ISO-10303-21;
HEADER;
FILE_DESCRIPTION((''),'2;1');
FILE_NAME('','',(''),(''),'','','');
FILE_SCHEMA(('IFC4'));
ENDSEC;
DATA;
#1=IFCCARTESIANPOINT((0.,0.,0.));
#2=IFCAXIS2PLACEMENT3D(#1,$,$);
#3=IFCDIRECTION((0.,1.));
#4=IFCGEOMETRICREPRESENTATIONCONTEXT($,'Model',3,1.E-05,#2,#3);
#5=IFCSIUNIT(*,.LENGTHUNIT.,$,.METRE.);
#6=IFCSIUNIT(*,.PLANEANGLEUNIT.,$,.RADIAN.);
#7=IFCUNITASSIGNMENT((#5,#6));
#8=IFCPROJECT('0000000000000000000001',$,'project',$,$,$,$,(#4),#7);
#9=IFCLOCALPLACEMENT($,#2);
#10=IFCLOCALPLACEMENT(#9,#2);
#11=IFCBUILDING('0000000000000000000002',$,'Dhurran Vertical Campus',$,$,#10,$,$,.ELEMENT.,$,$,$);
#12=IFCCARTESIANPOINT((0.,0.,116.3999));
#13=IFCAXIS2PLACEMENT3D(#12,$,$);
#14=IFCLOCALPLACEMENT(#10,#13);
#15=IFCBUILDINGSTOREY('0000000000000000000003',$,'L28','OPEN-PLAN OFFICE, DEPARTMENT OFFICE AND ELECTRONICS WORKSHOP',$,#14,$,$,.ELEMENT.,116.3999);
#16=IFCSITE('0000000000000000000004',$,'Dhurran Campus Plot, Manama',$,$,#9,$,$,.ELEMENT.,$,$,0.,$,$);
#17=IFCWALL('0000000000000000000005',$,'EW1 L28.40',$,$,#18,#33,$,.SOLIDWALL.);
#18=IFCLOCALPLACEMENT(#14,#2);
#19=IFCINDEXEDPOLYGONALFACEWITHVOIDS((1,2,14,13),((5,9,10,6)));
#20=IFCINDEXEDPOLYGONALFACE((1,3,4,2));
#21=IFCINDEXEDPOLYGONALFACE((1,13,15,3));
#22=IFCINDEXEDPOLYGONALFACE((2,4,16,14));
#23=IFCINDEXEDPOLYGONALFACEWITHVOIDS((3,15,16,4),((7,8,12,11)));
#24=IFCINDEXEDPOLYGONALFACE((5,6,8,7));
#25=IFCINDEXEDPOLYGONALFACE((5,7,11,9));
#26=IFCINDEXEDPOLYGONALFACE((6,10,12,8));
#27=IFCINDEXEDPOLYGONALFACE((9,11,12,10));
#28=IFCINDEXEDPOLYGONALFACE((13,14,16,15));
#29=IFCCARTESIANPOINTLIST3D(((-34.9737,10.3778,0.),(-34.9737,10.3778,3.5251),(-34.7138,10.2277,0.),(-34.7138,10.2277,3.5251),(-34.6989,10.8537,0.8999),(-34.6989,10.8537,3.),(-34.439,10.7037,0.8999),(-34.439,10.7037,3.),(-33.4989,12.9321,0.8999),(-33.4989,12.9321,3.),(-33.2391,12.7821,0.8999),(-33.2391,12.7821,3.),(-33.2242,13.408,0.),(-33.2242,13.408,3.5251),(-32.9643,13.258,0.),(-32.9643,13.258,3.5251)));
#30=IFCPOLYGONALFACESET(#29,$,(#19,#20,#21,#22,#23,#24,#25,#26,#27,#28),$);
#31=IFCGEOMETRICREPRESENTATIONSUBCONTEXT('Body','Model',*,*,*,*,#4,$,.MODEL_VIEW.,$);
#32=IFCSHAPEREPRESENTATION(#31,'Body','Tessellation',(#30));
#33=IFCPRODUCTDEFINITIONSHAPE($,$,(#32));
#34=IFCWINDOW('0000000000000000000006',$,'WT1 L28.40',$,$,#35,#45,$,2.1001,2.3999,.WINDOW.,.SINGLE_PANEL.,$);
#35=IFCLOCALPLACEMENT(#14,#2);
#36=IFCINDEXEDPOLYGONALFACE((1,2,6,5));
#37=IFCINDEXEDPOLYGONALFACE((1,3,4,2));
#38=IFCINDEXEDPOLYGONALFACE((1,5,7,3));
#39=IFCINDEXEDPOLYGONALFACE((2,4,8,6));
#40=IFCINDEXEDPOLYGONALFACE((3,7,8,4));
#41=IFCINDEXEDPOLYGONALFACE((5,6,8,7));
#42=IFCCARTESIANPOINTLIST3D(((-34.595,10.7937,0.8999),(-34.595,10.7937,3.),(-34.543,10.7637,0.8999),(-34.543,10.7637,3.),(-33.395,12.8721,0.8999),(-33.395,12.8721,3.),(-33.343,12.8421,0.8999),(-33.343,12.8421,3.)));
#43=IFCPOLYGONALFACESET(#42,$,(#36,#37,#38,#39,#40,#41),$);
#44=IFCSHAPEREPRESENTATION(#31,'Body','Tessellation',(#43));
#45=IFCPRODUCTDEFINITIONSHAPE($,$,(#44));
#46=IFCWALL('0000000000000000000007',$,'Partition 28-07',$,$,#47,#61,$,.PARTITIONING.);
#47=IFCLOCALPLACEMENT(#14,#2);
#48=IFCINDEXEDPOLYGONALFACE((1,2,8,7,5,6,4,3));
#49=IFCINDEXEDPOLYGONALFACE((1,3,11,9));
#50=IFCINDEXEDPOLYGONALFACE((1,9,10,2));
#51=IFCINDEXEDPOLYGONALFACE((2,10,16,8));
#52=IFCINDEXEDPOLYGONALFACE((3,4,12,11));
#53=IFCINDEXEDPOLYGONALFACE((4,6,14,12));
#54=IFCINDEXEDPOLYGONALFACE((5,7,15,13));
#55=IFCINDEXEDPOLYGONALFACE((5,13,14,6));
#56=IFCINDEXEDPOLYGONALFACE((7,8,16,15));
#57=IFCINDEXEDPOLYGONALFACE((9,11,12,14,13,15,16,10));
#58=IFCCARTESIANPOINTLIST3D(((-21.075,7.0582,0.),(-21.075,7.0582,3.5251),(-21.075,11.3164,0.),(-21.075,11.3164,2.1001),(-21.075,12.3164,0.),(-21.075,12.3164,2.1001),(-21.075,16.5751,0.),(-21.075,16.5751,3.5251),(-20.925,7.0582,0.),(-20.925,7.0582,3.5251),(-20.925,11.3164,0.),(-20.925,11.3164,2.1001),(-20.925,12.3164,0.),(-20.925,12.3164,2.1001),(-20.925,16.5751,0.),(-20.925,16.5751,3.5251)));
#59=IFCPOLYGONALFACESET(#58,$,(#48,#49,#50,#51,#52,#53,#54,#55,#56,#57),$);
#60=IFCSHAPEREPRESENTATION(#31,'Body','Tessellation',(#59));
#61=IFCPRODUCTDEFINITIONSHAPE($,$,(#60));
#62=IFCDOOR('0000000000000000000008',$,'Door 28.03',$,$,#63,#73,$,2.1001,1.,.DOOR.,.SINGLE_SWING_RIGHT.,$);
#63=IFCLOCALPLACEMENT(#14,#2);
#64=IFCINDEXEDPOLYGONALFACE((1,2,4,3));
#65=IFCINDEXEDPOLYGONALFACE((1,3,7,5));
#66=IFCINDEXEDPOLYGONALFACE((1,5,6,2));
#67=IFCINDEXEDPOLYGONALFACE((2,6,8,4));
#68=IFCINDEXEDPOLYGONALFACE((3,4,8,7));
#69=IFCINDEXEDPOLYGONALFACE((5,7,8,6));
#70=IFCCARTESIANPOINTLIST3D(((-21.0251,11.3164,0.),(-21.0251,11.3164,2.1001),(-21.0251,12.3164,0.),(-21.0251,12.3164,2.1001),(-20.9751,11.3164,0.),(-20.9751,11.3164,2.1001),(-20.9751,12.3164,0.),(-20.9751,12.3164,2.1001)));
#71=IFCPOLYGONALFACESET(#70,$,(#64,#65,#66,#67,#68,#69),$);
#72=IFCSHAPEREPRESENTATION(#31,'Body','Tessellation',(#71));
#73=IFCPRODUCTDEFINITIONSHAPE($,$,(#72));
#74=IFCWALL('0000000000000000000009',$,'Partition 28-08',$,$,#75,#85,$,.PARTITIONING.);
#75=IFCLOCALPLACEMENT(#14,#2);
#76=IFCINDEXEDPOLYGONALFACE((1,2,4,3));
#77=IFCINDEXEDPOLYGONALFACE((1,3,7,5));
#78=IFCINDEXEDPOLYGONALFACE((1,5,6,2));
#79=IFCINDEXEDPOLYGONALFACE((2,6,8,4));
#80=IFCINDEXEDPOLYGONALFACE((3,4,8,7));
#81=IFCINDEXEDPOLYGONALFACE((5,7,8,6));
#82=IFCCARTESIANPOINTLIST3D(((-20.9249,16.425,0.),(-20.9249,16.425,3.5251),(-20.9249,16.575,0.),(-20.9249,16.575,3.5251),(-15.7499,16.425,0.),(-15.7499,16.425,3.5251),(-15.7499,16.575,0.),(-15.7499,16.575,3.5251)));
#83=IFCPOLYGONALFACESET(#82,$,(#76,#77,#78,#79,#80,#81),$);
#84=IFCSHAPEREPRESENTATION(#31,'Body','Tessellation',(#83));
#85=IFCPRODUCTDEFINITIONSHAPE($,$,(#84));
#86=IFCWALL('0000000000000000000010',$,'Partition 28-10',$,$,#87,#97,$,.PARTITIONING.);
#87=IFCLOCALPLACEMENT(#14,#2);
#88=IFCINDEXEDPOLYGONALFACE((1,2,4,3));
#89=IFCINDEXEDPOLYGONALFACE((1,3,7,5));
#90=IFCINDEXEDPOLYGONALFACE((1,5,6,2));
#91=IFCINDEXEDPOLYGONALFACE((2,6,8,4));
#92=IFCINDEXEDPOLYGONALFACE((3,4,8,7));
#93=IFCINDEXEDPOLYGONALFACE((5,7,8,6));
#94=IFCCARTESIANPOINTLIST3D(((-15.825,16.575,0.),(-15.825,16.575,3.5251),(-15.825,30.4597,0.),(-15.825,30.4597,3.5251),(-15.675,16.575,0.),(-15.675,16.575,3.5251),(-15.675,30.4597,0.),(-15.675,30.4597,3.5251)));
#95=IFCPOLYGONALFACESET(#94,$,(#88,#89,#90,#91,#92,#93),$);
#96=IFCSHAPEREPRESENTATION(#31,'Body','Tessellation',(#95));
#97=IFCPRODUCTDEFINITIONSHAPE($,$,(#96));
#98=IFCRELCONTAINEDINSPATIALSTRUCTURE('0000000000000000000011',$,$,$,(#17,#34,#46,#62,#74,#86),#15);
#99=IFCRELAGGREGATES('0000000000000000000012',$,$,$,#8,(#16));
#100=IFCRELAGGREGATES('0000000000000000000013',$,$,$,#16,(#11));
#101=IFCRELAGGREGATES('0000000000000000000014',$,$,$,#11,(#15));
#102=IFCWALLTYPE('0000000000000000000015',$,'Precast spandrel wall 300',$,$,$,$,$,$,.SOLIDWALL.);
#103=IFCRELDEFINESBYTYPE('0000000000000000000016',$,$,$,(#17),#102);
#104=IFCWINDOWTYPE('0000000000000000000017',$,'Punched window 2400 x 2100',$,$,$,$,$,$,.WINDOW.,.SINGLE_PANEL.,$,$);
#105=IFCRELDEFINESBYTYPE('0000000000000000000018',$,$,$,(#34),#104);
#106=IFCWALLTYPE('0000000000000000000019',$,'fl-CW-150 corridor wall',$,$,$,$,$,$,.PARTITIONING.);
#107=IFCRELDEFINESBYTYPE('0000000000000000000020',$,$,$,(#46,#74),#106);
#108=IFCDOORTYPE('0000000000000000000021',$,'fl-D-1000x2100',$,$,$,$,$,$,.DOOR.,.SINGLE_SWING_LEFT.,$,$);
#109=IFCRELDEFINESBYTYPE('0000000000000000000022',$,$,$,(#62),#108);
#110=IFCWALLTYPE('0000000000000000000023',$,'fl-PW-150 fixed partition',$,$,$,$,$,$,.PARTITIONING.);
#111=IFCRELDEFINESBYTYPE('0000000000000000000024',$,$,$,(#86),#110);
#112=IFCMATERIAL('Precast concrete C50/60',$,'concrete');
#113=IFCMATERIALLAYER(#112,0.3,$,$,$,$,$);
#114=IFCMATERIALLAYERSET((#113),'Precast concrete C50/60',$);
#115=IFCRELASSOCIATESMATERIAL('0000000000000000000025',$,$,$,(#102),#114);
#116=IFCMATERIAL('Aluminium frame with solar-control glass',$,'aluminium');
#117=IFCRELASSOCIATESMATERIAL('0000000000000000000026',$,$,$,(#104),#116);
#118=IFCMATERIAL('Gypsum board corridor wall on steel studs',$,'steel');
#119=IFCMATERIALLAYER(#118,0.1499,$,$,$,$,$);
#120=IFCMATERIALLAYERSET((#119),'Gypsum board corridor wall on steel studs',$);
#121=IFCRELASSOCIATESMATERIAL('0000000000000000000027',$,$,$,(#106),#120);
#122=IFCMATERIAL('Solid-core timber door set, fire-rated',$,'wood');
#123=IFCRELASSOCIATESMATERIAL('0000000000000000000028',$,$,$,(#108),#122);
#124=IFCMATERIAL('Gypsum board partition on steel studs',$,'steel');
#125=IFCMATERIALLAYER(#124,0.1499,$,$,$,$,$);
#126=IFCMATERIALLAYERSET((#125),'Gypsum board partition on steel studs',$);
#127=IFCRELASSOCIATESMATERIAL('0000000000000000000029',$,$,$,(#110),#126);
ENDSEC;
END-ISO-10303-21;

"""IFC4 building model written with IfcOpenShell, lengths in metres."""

from ifc_helpers import new_model, si_unit, direction, frame, frame_2d, origin, place, context, subcontext, project, spatial, rectangle, extrude, material, layer, layer_set, type_object, element, fill, save


model = new_model("IFC4")

# Units and contexts
model_context = context("Model", 3, precision=1e-05, world=origin(), true_north=direction((0.0, 1.0)))
body_context = subcontext(model_context, "Body", "Model", "MODEL_VIEW")
ifc_project = project(units=[si_unit("LENGTHUNIT", "METRE"), si_unit("PLANEANGLEUNIT", "RADIAN")], contexts=[model_context])

# Site, building, storey
site_placement = place(None, origin())
site = spatial("IfcSite", under=ifc_project, at=site_placement, Name="Dhurran Campus Plot, Manama", CompositionType="ELEMENT", RefElevation=0.0)
building_placement = place(site_placement, origin())
building = spatial("IfcBuilding", under=site, at=building_placement, Name="Dhurran Vertical Campus", CompositionType="ELEMENT")
storey_placement = place(building_placement, frame((0.0, 0.0, 116.3999)))
storey = spatial("IfcBuildingStorey", under=building, at=storey_placement, Name="L28", Description="OPEN-PLAN OFFICE, DEPARTMENT OFFICE AND ELECTRONICS WORKSHOP", CompositionType="ELEMENT", Elevation=116.3999)

# Wall, opening, window
ifc_material_1 = material(Name="Precast concrete C50/60", Category="concrete")
ifc_layer_1 = layer(ifc_material_1, 0.3)
ifc_layer_set_1 = layer_set([ifc_layer_1], Name="Precast concrete C50/60")
wall_type_1 = type_object("IfcWallType", Name="Precast spandrel wall 300", PredefinedType="SOLIDWALL", material=ifc_layer_set_1)
ifc_material_2 = material(Name="Aluminium frame with solar-control glass", Category="aluminium")
window_type = type_object("IfcWindowType", Name="Punched window 2400 x 2100", PartitioningType="SINGLE_PANEL", PredefinedType="WINDOW", material=ifc_material_2)
wall_1_placement = place(storey_placement, frame((-33.0942, 13.333, 0.0), z_axis=(0.0, 0.0, 1.0), x_axis=(-0.499996, -0.866028, 0.0)))
wall_1 = element("IfcWall", 1, at=wall_1_placement, inside=storey, type_object=wall_type_1, Name="EW1 L28.40", PredefinedType="SOLIDWALL", context=body_context, shape_type="SweptSolid", body=[
    extrude(rectangle(XDim=3.499, YDim=0.3, at=frame_2d((1.7495, 0.0))), origin(), (0.0, 0.0, 1.0), 3.5251),
])
opening_1_placement = place(wall_1_placement, frame((0.5496, 0.0, 0.8999)))
opening_1 = element("IfcOpeningElement", 2, at=opening_1_placement, cuts=wall_1, PredefinedType="OPENING", context=body_context, shape_type="SweptSolid", body=[
    extrude(rectangle(XDim=2.3999, YDim=2.1001, at=frame_2d((1.2, 1.05))), frame((0.0, 0.1599, 0.0), z_axis=(0.0, -1.0, 0.0), x_axis=(1.0, 0.0, 0.0)), (0.0, 0.0, 1.0), 0.3201),
])
window_1_placement = place(opening_1_placement, origin())
window_1 = element("IfcWindow", 3, at=window_1_placement, inside=storey, type_object=window_type, Name="WT1 L28.40", OverallHeight=2.1001, OverallWidth=2.3999, PartitioningType="SINGLE_PANEL", PredefinedType="WINDOW", context=body_context, shape_type="SweptSolid", body=[
    extrude(rectangle(XDim=2.3999, YDim=2.1001, at=frame_2d((1.2, 1.05))), frame((0.0, 0.03, 0.0), z_axis=(0.0, -1.0, 0.0), x_axis=(1.0, 0.0, 0.0)), (0.0, 0.0, 1.0), 0.0601),
])
fill(opening_1, window_1)

# Wall, opening, door
ifc_material_3 = material(Name="Gypsum board corridor wall on steel studs", Category="steel")
ifc_layer_2 = layer(ifc_material_3, 0.1499)
ifc_layer_set_2 = layer_set([ifc_layer_2], Name="Gypsum board corridor wall on steel studs")
wall_type_2 = type_object("IfcWallType", Name="fl-CW-150 corridor wall", PredefinedType="PARTITIONING", material=ifc_layer_set_2)
wall_2_placement = place(storey_placement, frame((-21.0, 16.575, 0.0), z_axis=(0.0, 0.0, 1.0), x_axis=(0.0, -1.0, 0.0)))
wall_2 = element("IfcWall", 4, at=wall_2_placement, inside=storey, type_object=wall_type_2, Name="Partition 28-07", PredefinedType="PARTITIONING", context=body_context, shape_type="SweptSolid", body=[
    extrude(rectangle(XDim=9.5168, YDim=0.1499, at=frame_2d((4.7583, 0.0))), origin(), (0.0, 0.0, 1.0), 3.5251),
])
opening_2_placement = place(wall_2_placement, frame((4.2585, 0.0, 0.0)))
opening_2 = element("IfcOpeningElement", 5, at=opening_2_placement, cuts=wall_2, PredefinedType="OPENING", context=body_context, shape_type="SweptSolid", body=[
    extrude(rectangle(XDim=1.0, YDim=2.1001, at=frame_2d((0.5, 1.05))), frame((0.0, 0.085, 0.0), z_axis=(0.0, -1.0, 0.0), x_axis=(1.0, 0.0, 0.0)), (0.0, 0.0, 1.0), 0.1699),
])
ifc_material_4 = material(Name="Solid-core timber door set, fire-rated", Category="wood")
door_type = type_object("IfcDoorType", Name="fl-D-1000x2100", OperationType="SINGLE_SWING_LEFT", PredefinedType="DOOR", material=ifc_material_4)
door_placement = place(opening_2_placement, origin())
door = element("IfcDoor", 6, at=door_placement, inside=storey, type_object=door_type, Name="Door 28.03", OperationType="SINGLE_SWING_RIGHT", OverallHeight=2.1001, OverallWidth=1.0, PredefinedType="DOOR", context=body_context, shape_type="SweptSolid", body=[
    extrude(rectangle(XDim=1.0, YDim=2.1001, at=frame_2d((0.5, 1.05))), frame((0.0, 0.0249, 0.0), z_axis=(0.0, -1.0, 0.0), x_axis=(1.0, 0.0, 0.0)), (0.0, 0.0, 1.0), 0.05),
])
fill(opening_2, door)

# Walls
wall_3_placement = place(storey_placement, frame((-15.75, 16.5, 0.0), z_axis=(0.0, 0.0, 1.0), x_axis=(-1.0, 0.0, 0.0)))
element("IfcWall", 7, at=wall_3_placement, inside=storey, type_object=wall_type_2, Name="Partition 28-08", PredefinedType="PARTITIONING", context=body_context, shape_type="SweptSolid", body=[
    extrude(rectangle(XDim=5.175, YDim=0.1499, at=frame_2d((2.5874, 0.0))), origin(), (0.0, 0.0, 1.0), 3.5251),
])
ifc_material_5 = material(Name="Gypsum board partition on steel studs", Category="steel")
ifc_layer_3 = layer(ifc_material_5, 0.1499)
ifc_layer_set_3 = layer_set([ifc_layer_3], Name="Gypsum board partition on steel studs")
wall_type_3 = type_object("IfcWallType", Name="fl-PW-150 fixed partition", PredefinedType="PARTITIONING", material=ifc_layer_set_3)
wall_4_placement = place(storey_placement, frame((-15.75, 30.4597, 0.0), z_axis=(0.0, 0.0, 1.0), x_axis=(0.0, -1.0, 0.0)))
element("IfcWall", 8, at=wall_4_placement, inside=storey, type_object=wall_type_3, Name="Partition 28-10", PredefinedType="PARTITIONING", context=body_context, shape_type="SweptSolid", body=[
    extrude(rectangle(XDim=13.8848, YDim=0.1499, at=frame_2d((6.9424, 0.0))), origin(), (0.0, 0.0, 1.0), 3.5251),
])

save(model, "model.ifc")
